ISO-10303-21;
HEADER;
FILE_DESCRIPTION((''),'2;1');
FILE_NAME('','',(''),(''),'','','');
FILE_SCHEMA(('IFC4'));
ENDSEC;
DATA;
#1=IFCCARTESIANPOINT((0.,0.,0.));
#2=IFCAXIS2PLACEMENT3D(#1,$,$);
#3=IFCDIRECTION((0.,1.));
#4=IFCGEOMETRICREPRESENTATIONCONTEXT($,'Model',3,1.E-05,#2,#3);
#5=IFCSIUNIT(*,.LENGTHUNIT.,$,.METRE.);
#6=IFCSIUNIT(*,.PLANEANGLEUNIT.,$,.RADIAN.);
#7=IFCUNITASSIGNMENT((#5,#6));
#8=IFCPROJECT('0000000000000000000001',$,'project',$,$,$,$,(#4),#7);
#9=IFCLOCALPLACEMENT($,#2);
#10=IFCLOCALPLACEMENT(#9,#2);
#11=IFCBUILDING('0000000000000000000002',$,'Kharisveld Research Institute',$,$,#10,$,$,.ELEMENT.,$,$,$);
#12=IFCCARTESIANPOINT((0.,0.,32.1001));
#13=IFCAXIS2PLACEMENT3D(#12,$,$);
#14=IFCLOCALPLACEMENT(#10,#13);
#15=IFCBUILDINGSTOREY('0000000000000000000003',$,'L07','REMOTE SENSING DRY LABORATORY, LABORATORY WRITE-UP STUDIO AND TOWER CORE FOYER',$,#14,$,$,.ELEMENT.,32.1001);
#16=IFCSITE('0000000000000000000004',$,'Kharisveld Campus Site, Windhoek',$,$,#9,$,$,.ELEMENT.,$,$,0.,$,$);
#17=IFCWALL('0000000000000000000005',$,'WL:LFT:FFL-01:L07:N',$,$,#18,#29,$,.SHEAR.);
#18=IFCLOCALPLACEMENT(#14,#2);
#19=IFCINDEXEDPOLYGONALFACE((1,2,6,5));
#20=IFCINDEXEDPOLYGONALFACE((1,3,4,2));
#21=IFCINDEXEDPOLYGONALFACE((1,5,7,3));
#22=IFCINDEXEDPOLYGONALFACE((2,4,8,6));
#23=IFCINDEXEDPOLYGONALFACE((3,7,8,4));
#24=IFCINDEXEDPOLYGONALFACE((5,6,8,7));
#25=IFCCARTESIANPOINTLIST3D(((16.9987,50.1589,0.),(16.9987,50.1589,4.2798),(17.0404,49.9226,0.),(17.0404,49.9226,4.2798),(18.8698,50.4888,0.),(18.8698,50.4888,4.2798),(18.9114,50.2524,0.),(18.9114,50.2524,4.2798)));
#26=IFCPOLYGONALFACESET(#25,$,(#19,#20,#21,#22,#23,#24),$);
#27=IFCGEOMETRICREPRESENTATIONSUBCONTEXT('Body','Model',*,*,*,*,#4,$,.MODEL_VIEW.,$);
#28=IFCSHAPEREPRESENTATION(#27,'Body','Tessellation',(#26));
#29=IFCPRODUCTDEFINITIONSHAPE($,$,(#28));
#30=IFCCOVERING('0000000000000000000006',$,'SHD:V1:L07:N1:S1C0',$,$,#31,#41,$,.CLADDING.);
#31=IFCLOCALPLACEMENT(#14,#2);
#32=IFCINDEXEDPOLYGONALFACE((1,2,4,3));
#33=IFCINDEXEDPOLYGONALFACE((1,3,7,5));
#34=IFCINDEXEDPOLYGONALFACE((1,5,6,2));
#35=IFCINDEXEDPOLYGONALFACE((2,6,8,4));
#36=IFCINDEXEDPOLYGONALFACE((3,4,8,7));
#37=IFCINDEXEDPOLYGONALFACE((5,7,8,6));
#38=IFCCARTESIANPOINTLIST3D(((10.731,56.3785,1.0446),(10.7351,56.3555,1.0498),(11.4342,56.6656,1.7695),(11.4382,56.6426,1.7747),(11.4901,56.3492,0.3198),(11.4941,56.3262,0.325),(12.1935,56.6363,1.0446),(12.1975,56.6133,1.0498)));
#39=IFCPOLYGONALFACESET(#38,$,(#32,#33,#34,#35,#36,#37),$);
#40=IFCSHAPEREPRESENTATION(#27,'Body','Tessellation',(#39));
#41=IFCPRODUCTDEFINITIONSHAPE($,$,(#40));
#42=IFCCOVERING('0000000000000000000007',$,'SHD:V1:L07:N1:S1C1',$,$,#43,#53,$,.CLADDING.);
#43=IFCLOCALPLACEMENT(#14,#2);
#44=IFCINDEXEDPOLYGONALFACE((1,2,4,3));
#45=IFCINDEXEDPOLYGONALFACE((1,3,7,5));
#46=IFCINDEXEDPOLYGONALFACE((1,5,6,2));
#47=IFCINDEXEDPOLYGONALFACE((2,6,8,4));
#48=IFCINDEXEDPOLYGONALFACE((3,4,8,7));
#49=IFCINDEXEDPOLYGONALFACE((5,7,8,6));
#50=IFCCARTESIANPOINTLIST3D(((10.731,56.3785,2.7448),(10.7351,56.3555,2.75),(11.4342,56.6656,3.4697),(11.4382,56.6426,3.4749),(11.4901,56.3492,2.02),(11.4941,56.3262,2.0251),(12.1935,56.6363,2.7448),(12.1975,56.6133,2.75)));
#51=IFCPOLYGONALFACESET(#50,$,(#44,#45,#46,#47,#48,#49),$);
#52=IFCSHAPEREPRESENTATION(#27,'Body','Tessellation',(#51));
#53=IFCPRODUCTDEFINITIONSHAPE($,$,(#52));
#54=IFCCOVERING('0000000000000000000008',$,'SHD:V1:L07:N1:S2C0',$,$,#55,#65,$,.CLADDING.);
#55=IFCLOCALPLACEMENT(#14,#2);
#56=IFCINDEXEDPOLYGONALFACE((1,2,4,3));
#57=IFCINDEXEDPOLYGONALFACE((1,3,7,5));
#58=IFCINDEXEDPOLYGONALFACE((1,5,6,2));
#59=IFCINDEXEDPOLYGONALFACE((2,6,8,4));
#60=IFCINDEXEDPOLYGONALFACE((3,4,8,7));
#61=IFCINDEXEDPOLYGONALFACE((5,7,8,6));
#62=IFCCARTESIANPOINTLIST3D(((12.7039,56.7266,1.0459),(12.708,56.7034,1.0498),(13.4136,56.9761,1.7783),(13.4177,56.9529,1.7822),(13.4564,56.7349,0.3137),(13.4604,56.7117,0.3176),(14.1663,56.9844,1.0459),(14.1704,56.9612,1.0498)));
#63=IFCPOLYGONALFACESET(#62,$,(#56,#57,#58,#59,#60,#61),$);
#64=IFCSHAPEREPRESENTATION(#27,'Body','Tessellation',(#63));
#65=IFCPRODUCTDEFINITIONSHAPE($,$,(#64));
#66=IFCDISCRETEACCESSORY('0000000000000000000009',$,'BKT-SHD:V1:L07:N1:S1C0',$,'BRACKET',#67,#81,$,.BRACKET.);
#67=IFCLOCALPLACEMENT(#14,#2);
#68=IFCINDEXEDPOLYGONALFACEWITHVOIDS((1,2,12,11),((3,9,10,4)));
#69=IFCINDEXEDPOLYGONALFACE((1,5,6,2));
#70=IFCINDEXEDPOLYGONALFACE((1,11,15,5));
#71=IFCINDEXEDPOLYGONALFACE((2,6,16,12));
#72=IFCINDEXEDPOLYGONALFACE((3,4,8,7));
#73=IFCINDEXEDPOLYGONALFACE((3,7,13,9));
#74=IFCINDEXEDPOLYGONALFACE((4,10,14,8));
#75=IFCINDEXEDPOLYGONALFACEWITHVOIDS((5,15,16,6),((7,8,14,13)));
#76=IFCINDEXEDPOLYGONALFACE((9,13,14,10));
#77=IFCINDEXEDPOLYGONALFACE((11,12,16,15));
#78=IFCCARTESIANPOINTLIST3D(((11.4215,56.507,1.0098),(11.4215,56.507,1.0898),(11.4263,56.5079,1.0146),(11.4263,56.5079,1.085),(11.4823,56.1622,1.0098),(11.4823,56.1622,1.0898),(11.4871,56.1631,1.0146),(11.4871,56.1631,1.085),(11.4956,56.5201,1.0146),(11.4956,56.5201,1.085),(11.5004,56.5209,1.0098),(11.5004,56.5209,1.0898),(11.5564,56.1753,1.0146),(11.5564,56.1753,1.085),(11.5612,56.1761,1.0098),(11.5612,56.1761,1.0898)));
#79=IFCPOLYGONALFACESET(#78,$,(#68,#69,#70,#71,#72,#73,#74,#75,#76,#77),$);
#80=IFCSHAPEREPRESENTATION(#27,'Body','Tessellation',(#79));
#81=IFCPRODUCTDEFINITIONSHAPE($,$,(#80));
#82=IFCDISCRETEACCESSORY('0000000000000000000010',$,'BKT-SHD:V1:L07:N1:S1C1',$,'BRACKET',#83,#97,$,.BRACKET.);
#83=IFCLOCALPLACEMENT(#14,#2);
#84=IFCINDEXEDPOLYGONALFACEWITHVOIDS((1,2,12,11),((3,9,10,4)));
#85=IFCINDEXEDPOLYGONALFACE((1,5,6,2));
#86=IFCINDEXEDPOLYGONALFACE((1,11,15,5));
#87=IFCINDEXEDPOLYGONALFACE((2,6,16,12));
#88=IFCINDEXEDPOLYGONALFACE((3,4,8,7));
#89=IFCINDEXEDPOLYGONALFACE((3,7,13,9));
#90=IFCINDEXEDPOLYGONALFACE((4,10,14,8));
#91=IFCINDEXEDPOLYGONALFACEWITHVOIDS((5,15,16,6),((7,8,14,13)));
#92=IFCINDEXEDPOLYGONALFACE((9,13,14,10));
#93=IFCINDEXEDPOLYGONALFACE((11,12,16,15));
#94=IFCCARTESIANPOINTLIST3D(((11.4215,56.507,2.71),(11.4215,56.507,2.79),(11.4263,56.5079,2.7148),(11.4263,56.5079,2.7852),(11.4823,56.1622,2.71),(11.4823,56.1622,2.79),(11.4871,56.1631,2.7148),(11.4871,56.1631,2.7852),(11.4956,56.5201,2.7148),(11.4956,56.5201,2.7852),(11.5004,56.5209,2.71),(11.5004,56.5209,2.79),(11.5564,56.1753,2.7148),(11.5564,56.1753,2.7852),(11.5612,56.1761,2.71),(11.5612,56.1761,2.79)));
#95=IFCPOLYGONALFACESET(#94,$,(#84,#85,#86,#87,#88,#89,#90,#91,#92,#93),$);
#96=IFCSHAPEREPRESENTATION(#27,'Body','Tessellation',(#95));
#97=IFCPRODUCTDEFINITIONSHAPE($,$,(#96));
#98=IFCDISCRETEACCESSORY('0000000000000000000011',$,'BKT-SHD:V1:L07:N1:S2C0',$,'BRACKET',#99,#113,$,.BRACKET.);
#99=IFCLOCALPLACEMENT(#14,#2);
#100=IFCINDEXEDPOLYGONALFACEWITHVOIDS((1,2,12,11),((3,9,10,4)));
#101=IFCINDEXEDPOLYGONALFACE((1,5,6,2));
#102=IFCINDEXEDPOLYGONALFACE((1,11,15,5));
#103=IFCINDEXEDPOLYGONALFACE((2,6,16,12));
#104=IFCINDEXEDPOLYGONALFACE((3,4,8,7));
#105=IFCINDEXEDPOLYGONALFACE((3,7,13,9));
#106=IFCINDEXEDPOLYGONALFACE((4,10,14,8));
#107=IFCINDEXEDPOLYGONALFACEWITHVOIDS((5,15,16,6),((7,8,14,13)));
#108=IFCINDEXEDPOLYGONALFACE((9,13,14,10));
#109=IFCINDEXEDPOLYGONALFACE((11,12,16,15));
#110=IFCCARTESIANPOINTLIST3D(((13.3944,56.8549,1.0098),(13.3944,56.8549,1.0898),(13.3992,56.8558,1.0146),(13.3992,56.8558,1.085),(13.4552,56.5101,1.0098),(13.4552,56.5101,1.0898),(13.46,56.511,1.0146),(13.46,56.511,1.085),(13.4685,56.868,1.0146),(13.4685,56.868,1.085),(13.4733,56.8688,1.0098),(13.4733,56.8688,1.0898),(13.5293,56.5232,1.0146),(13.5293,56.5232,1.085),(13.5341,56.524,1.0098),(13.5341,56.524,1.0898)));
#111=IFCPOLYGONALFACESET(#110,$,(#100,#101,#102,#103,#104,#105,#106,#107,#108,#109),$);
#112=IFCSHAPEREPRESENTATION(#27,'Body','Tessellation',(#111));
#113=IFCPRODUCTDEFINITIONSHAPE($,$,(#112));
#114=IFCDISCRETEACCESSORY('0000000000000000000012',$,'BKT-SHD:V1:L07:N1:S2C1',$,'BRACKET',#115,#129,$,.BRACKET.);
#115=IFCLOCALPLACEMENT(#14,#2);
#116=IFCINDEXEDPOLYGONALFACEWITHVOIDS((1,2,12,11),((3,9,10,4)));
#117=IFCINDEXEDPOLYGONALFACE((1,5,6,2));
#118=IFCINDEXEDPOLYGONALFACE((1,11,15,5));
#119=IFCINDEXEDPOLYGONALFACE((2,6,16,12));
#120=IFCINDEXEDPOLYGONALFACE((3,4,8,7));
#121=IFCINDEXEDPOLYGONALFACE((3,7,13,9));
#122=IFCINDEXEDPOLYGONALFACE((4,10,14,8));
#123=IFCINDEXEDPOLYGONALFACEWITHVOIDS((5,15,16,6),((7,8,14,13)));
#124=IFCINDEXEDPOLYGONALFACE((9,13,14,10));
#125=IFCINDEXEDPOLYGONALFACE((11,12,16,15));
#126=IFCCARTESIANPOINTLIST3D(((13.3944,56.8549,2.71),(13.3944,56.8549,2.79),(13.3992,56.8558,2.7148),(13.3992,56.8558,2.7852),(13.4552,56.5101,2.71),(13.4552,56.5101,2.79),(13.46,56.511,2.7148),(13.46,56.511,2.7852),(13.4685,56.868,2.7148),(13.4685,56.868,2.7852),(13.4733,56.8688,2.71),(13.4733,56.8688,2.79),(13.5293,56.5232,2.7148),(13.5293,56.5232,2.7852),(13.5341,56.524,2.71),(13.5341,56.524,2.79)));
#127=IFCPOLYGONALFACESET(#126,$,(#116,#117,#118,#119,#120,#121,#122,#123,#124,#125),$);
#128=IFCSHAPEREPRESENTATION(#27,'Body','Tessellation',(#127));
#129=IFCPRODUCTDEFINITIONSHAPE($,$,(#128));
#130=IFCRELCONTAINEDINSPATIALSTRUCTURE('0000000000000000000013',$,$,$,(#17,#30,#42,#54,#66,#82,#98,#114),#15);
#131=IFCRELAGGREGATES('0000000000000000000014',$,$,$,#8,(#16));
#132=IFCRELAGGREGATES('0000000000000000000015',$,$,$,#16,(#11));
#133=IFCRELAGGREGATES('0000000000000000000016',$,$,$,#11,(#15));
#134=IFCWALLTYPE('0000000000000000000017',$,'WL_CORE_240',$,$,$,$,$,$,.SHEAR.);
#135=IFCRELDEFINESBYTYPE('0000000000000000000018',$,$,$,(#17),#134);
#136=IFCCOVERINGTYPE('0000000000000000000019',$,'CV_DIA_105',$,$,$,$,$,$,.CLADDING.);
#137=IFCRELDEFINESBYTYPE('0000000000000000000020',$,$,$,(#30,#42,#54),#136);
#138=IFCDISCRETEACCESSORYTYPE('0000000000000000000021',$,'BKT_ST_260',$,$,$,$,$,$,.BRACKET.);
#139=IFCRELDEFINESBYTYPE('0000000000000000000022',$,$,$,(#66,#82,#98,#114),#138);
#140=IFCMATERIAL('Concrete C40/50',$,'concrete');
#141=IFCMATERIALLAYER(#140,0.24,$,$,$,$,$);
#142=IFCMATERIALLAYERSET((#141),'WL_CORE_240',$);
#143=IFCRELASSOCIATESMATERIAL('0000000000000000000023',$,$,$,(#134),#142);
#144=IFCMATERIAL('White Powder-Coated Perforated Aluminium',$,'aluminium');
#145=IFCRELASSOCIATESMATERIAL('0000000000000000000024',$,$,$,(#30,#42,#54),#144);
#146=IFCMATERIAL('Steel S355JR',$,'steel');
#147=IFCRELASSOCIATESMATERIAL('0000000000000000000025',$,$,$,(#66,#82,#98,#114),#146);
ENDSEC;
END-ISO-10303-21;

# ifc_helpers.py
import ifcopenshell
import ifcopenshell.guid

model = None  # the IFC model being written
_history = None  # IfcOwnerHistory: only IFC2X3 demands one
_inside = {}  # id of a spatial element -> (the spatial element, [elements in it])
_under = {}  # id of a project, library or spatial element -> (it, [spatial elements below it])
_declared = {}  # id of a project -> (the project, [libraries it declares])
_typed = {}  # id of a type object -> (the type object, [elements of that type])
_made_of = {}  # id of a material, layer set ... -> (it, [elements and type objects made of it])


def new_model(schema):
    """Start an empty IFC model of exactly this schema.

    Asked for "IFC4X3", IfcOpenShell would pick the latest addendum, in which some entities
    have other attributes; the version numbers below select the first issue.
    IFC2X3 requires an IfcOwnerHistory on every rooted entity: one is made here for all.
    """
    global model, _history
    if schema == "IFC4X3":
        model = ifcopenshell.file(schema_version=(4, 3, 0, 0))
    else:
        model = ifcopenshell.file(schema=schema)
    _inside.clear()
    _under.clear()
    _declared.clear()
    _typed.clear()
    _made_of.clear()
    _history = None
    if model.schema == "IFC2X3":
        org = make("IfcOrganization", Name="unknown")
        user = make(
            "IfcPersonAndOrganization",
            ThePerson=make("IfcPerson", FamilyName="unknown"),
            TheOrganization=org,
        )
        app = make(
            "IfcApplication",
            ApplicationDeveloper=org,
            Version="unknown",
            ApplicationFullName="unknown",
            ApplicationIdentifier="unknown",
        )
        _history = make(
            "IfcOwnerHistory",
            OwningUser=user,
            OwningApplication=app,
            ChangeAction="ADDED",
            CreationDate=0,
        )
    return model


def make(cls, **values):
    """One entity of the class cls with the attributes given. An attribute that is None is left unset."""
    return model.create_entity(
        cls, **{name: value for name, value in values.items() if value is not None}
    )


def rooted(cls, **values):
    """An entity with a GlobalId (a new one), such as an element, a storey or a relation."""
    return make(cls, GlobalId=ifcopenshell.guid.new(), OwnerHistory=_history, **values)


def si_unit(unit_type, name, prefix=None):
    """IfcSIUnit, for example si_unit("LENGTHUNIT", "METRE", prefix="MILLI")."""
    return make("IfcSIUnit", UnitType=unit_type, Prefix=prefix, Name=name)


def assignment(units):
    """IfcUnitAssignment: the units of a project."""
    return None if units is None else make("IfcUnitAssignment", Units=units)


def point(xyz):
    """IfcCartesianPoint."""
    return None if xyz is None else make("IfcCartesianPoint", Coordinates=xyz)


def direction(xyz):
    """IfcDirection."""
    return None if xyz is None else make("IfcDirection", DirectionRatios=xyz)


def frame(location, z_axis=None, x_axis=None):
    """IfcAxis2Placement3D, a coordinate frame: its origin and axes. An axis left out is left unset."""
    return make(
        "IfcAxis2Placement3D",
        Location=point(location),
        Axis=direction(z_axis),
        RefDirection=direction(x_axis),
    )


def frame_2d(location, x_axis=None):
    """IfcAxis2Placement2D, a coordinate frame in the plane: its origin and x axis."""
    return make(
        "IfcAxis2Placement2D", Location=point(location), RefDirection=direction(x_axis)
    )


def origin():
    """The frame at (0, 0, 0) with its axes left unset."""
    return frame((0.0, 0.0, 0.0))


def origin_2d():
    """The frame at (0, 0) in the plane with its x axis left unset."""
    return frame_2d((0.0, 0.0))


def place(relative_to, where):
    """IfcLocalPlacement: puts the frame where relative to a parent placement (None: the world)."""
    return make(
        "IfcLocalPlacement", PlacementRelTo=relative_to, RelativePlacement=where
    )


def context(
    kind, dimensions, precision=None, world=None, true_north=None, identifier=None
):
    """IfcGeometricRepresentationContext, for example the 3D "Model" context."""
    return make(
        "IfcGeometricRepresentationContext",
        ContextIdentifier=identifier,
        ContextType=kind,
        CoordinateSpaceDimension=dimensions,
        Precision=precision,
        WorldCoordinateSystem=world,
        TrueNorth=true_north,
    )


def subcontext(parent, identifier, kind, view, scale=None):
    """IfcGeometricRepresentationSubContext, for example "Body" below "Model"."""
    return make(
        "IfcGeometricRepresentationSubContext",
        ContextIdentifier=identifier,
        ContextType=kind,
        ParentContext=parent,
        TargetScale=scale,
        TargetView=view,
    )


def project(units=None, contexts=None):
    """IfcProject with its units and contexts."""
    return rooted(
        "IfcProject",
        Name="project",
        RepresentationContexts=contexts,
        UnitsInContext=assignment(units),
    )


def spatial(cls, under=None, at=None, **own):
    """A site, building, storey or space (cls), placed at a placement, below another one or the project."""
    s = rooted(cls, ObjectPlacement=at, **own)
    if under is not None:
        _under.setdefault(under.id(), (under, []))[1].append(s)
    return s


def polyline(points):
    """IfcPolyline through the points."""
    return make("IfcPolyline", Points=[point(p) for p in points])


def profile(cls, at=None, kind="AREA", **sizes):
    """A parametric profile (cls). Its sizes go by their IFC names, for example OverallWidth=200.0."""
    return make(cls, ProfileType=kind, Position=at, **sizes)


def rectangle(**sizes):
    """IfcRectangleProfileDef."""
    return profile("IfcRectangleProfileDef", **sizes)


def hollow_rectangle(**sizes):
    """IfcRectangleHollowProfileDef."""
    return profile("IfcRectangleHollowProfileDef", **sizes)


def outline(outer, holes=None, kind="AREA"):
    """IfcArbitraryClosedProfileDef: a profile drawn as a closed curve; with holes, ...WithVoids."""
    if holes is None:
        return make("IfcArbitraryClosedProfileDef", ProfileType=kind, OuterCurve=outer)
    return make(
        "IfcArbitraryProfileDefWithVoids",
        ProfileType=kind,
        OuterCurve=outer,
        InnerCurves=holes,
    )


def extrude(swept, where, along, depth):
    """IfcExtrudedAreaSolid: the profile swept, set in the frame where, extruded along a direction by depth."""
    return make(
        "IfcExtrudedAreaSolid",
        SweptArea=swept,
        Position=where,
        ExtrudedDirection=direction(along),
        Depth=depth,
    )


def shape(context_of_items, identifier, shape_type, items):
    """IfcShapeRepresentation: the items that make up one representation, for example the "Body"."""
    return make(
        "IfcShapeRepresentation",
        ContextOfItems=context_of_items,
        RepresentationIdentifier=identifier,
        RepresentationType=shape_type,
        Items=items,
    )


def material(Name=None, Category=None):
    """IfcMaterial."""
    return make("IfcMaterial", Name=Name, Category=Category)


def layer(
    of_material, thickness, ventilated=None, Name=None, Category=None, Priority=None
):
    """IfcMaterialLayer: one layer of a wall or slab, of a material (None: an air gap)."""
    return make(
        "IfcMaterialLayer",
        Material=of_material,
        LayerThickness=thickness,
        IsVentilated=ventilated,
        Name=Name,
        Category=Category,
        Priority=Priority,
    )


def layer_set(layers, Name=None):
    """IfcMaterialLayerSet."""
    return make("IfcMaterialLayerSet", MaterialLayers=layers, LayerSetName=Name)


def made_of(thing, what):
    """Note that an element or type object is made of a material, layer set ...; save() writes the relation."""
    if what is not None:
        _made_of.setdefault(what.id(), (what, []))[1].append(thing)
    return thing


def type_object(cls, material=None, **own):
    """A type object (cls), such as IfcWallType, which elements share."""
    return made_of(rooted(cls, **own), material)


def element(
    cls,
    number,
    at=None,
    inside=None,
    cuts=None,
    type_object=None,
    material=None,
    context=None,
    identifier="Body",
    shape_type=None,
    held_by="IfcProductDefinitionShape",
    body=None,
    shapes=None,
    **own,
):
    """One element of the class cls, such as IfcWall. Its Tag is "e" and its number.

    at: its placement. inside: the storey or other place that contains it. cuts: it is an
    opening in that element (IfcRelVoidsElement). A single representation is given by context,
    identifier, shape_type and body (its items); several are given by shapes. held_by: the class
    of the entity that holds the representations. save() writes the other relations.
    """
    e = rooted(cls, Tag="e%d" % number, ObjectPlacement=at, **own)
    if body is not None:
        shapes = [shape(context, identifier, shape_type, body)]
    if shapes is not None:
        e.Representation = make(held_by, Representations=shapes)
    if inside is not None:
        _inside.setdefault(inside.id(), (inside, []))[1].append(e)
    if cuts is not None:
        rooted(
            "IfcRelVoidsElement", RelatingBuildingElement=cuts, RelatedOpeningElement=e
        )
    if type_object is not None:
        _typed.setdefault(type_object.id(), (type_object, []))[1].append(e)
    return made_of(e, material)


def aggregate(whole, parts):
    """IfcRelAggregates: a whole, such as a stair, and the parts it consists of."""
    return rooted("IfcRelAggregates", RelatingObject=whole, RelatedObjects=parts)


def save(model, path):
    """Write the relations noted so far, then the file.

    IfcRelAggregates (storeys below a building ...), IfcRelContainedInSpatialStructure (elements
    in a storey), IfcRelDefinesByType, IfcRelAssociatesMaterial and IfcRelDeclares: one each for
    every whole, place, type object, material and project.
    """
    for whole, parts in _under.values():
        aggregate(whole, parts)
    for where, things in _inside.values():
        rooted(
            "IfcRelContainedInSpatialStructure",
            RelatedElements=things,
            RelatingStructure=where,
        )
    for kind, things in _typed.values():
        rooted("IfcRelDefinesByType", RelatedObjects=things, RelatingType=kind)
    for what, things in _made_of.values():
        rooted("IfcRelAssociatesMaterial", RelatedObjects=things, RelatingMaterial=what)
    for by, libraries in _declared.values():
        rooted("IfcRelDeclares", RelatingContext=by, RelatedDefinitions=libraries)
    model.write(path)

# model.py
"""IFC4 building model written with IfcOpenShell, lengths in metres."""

from ifc_helpers import new_model, si_unit, direction, frame, frame_2d, origin, origin_2d, place, context, subcontext, project, spatial, polyline, rectangle, hollow_rectangle, outline, extrude, material, layer, layer_set, type_object, element, save


model = new_model("IFC4")

# Units and contexts
model_context = context("Model", 3, precision=1e-05, world=origin(), true_north=direction((0.0, 1.0)))
body_context = subcontext(model_context, "Body", "Model", "MODEL_VIEW")
ifc_project = project(units=[si_unit("LENGTHUNIT", "METRE"), si_unit("PLANEANGLEUNIT", "RADIAN")], contexts=[model_context])

# Site, building, storey
site_placement = place(None, origin())
site = spatial("IfcSite", under=ifc_project, at=site_placement, Name="Kharisveld Campus Site, Windhoek", CompositionType="ELEMENT", RefElevation=0.0)
building_placement = place(site_placement, origin())
building = spatial("IfcBuilding", under=site, at=building_placement, Name="Kharisveld Research Institute", CompositionType="ELEMENT")
storey_placement = place(building_placement, frame((0.0, 0.0, 32.1001)))
storey = spatial("IfcBuildingStorey", under=building, at=storey_placement, Name="L07", Description="REMOTE SENSING DRY LABORATORY, LABORATORY WRITE-UP STUDIO AND TOWER CORE FOYER", CompositionType="ELEMENT", Elevation=32.1001)

# Wall
ifc_material_1 = material(Name="Concrete C40/50", Category="concrete")
ifc_layer_1 = layer(ifc_material_1, 0.24)
ifc_layer_set_1 = layer_set([ifc_layer_1], Name="WL_CORE_240")
wall_type = type_object("IfcWallType", Name="WL_CORE_240", PredefinedType="SHEAR", material=ifc_layer_set_1)
wall_placement = place(storey_placement, frame((17.0195, 50.0408, 0.0), z_axis=(0.0, 0.0, 1.0), x_axis=(0.984816, 0.173602, 0.0)))
element("IfcWall", 1, at=wall_placement, inside=storey, type_object=wall_type, Name="WL:LFT:FFL-01:L07:N", PredefinedType="SHEAR", context=body_context, shape_type="SweptSolid", body=[
    extrude(rectangle(XDim=1.8999, YDim=0.24, at=frame_2d((0.95, 0.0))), origin(), (0.0, 0.0, 1.0), 4.2798),
])

# Coverings
ifc_material_2 = material(Name="White Powder-Coated Perforated Aluminium", Category="aluminium")
covering_type = type_object("IfcCoveringType", Name="CV_DIA_105", PredefinedType="CLADDING")
for number, where, z_axis, x_axis, name in (
    (2, (11.4941, 56.3262, 0.325), (0.169503, -0.961481, 0.216385), (0.66985, 0.273447, 0.69031), "SHD:V1:L07:N1:S1C0"),
    (3, (11.4941, 56.3262, 2.0251), (0.169503, -0.961481, 0.216385), (0.66985, 0.273447, 0.69031), "SHD:V1:L07:N1:S1C1"),
):
    element("IfcCovering", number, at=place(storey_placement, frame(where, z_axis=z_axis, x_axis=x_axis)), inside=storey, type_object=covering_type, material=ifc_material_2, Name=name, PredefinedType="CLADDING", context=body_context, shape_type="SweptSolid", body=[
        extrude(outline(polyline([(0.0, 0.0), (1.05, 0.0), (1.0498, 1.0501), (-0.0001, 1.05), (0.0, 0.0)])), origin(), (0.0, 0.0, -1.0), 0.0239),
    ])
covering_placement = place(storey_placement, frame((13.4604, 56.7117, 0.3176), z_axis=(0.171238, -0.971321, 0.164966), x_axis=(0.676188, 0.237643, 0.697348)))
element("IfcCovering", 4, at=covering_placement, inside=storey, type_object=covering_type, material=ifc_material_2, Name="SHD:V1:L07:N1:S2C0", PredefinedType="CLADDING", context=body_context, shape_type="SweptSolid", body=[
    extrude(outline(polyline([(0.0, 0.0), (1.0499, 0.0), (1.0498, 1.0503), (-0.0002, 1.0499), (0.0, 0.0)])), origin(), (0.0, 0.0, -1.0), 0.0239),
])

# Discrete accessories
ifc_material_3 = material(Name="Steel S355JR", Category="steel")
discrete_accessory_type = type_object("IfcDiscreteAccessoryType", Name="BKT_ST_260", PredefinedType="BRACKET")
for number, where, z_axis, x_axis, name in (
    (5, (11.5217, 56.1692, 1.0498), (-0.173666, 0.984805, 0.0), (-0.984805, -0.173666, 0.0), "BKT-SHD:V1:L07:N1:S1C0"),
    (6, (11.5217, 56.1692, 2.75), (-0.173666, 0.984805, 0.0), (-0.984805, -0.173666, 0.0), "BKT-SHD:V1:L07:N1:S1C1"),
    (7, (13.4946, 56.5171, 1.0498), (-0.173666, 0.984805, 0.0), (-0.984805, -0.173666, 0.0), "BKT-SHD:V1:L07:N1:S2C0"),
    (8, (13.4946, 56.5171, 2.75), (-0.173666, 0.984805, 0.0), (-0.984805, -0.173666, 0.0), "BKT-SHD:V1:L07:N1:S2C1"),
):
    element("IfcDiscreteAccessory", number, at=place(storey_placement, frame(where, z_axis=z_axis, x_axis=x_axis)), inside=storey, type_object=discrete_accessory_type, material=ifc_material_3, Name=name, ObjectType="BRACKET", PredefinedType="BRACKET", context=body_context, shape_type="SweptSolid", body=[
        extrude(hollow_rectangle(XDim=0.0801, YDim=0.0801, WallThickness=0.0049, at=origin_2d()), origin(), (0.0, 0.0, 1.0), 0.3501),
    ])

save(model, "model.ifc")
